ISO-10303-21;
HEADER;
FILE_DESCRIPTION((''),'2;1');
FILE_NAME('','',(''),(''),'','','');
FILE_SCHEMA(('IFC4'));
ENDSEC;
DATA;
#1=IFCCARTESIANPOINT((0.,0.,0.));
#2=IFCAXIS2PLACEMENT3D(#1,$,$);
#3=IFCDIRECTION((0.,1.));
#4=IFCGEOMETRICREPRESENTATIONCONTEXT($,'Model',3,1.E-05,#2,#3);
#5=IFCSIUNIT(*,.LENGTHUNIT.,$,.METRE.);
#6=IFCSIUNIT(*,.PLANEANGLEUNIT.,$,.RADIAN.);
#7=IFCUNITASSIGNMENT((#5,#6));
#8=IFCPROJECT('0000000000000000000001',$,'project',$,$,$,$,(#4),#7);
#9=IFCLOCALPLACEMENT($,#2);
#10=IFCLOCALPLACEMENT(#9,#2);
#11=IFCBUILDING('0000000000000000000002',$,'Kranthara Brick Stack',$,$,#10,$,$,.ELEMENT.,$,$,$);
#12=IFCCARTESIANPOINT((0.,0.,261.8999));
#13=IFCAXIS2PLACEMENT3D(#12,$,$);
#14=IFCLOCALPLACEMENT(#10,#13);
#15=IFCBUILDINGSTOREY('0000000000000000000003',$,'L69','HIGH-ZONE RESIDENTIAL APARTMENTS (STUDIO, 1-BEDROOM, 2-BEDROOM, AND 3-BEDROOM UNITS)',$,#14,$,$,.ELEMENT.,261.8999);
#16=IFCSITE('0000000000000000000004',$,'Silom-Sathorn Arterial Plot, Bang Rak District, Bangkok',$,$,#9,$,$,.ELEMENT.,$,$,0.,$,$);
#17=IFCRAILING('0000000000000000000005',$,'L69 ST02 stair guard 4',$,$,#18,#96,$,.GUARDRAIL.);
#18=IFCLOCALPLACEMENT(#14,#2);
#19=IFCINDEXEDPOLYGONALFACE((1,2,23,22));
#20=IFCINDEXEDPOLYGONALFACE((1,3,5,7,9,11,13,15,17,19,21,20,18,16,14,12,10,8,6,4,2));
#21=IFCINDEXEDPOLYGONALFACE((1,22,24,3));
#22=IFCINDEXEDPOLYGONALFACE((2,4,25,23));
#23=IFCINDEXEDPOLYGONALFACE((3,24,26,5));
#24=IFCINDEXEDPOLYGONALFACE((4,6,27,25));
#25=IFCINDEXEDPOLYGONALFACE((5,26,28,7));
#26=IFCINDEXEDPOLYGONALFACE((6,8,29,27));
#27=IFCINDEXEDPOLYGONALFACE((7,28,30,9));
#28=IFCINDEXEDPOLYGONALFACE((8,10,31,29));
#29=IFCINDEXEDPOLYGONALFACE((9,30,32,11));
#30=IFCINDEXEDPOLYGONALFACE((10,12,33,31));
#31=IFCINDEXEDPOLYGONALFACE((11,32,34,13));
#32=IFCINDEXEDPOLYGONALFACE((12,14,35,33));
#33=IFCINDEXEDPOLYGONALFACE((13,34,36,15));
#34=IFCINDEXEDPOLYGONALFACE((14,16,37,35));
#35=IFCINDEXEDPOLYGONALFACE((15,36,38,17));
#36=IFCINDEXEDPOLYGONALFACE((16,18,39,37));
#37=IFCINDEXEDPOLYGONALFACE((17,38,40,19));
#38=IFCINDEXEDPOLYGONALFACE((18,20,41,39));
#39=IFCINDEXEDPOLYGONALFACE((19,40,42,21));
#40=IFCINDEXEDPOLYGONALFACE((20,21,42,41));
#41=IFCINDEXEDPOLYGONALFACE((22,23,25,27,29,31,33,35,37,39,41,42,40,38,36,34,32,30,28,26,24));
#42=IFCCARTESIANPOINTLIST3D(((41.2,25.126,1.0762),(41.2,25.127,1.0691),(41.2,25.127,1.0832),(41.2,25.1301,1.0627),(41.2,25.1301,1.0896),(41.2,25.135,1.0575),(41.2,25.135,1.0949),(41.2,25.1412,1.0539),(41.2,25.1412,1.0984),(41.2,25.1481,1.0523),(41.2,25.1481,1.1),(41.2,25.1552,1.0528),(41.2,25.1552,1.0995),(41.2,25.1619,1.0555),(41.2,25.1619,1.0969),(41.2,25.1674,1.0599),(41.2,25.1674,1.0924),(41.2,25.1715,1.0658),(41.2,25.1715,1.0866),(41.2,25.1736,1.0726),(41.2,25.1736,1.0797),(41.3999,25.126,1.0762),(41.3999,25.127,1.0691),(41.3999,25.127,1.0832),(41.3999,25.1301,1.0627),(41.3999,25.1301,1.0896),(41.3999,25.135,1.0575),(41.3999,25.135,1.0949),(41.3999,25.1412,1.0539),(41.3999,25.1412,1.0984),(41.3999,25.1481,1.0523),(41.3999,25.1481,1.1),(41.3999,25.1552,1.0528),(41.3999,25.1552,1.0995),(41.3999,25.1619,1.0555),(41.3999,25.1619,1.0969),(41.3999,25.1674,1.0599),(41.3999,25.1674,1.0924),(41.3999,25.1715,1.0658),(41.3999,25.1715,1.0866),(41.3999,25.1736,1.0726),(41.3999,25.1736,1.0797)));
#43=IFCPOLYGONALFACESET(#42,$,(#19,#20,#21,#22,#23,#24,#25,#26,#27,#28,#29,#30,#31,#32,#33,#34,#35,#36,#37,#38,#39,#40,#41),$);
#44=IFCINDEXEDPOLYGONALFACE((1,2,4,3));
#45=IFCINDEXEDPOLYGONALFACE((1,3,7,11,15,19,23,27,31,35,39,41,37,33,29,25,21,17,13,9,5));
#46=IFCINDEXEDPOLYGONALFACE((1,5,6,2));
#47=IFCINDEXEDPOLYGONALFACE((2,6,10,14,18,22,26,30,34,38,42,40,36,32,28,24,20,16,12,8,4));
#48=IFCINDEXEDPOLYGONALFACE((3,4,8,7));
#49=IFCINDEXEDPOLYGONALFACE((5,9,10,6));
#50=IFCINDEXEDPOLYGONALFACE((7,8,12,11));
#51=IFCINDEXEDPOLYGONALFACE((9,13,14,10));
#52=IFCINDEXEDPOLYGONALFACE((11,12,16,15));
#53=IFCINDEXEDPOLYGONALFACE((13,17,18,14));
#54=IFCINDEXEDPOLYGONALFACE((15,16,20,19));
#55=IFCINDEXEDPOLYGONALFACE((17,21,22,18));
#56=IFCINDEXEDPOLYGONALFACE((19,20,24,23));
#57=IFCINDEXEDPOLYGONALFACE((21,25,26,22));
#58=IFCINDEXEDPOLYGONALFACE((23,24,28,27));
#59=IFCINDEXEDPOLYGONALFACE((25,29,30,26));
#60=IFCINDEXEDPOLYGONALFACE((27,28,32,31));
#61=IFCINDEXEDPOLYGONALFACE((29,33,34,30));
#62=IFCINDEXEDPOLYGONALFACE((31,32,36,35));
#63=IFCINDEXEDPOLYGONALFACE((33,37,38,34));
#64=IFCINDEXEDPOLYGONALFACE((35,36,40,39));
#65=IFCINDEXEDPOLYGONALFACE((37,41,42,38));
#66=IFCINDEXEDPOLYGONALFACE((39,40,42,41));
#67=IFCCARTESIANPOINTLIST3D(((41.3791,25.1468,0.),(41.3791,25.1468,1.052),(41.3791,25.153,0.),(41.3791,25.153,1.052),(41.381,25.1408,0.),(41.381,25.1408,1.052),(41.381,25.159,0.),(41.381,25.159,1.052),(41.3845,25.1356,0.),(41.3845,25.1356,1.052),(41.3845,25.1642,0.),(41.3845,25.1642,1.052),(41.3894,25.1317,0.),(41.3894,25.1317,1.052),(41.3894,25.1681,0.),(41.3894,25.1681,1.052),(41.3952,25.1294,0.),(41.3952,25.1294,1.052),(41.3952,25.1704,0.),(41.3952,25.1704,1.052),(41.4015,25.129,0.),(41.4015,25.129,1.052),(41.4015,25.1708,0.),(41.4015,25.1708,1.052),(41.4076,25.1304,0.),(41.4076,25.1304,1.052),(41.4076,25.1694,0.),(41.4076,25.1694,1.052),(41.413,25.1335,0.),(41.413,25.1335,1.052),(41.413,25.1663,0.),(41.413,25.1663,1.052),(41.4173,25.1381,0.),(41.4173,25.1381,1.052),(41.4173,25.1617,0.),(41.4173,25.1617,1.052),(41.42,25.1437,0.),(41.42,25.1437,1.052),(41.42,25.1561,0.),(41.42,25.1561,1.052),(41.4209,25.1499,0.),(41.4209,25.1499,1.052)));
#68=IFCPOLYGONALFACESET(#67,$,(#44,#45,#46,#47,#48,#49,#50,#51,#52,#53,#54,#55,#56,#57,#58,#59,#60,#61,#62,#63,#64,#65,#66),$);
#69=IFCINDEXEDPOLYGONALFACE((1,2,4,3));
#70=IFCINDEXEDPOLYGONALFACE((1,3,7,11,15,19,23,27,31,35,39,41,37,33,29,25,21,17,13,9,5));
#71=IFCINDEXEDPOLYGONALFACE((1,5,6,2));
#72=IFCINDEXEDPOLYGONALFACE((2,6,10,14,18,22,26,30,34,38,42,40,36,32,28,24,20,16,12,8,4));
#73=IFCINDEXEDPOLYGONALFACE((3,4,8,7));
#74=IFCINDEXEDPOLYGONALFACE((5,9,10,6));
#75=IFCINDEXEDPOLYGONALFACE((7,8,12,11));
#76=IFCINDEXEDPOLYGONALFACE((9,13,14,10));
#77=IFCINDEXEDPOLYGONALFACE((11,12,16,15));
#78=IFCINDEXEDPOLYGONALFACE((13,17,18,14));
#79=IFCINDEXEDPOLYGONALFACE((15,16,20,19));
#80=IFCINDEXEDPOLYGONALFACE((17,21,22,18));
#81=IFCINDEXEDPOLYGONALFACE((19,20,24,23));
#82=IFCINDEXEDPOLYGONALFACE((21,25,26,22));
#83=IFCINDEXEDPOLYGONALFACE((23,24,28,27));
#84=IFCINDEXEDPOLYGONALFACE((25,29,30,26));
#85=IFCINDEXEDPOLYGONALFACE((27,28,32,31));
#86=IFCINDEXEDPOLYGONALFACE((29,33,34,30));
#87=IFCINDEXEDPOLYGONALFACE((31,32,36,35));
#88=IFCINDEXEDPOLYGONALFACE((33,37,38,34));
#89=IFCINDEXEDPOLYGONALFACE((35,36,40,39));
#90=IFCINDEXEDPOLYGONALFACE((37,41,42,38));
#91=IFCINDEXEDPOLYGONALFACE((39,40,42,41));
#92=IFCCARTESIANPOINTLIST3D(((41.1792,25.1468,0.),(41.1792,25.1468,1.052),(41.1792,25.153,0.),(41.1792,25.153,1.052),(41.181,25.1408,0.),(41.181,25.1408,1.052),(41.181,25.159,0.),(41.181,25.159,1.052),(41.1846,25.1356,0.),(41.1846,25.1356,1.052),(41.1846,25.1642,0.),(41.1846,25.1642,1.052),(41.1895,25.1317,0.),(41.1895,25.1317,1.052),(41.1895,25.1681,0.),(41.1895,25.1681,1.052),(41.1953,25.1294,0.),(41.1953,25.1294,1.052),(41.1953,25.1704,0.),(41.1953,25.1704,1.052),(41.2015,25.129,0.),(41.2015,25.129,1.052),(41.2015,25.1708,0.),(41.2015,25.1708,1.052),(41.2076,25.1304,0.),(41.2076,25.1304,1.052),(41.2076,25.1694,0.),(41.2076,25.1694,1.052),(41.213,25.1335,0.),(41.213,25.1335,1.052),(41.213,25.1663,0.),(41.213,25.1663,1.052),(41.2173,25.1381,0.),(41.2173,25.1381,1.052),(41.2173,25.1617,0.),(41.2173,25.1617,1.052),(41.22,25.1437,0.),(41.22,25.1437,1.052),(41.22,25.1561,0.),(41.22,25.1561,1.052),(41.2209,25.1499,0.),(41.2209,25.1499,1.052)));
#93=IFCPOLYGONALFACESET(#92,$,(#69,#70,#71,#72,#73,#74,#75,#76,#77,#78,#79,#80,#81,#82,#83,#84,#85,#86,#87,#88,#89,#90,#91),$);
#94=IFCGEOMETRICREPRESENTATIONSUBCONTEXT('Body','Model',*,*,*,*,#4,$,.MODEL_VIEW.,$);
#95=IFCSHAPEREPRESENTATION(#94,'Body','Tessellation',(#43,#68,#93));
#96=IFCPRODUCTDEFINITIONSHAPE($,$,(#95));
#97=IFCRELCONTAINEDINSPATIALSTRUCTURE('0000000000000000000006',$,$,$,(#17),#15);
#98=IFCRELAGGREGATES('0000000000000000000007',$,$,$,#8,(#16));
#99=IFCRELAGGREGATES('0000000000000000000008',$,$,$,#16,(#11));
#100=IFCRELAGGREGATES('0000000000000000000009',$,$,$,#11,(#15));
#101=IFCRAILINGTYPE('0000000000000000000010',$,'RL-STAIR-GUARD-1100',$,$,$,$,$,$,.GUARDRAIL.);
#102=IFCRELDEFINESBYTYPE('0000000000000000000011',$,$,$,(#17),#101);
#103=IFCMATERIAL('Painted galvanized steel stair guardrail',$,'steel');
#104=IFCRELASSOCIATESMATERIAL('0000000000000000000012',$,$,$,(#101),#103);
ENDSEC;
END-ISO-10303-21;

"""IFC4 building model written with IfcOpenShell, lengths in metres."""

from ifc_helpers import new_model, si_unit, direction, frame, origin, origin_2d, place, context, subcontext, project, spatial, circle, extrude, material, type_object, element, save


model = new_model("IFC4")

# Units and contexts
model_context = context("Model", 3, precision=1e-05, world=origin(), true_north=direction((0.0, 1.0)))
body_context = subcontext(model_context, "Body", "Model", "MODEL_VIEW")
ifc_project = project(units=[si_unit("LENGTHUNIT", "METRE"), si_unit("PLANEANGLEUNIT", "RADIAN")], contexts=[model_context])

# Site, building, storey
site_placement = place(None, origin())
site = spatial("IfcSite", under=ifc_project, at=site_placement, Name="Silom-Sathorn Arterial Plot, Bang Rak District, Bangkok", CompositionType="ELEMENT", RefElevation=0.0)
building_placement = place(site_placement, origin())
building = spatial("IfcBuilding", under=site, at=building_placement, Name="Kranthara Brick Stack", CompositionType="ELEMENT")
storey_placement = place(building_placement, frame((0.0, 0.0, 261.8999)))
storey = spatial("IfcBuildingStorey", under=building, at=storey_placement, Name="L69", Description="HIGH-ZONE RESIDENTIAL APARTMENTS (STUDIO, 1-BEDROOM, 2-BEDROOM, AND 3-BEDROOM UNITS)", CompositionType="ELEMENT", Elevation=261.8999)

# Railing
ifc_material_1 = material(Name="Painted galvanized steel stair guardrail", Category="steel")
railing_type_1 = type_object("IfcRailingType", Name="RL-STAIR-GUARD-1100", PredefinedType="GUARDRAIL", material=ifc_material_1)
railing_1_placement = place(storey_placement, frame((41.3999, 25.1499, 0.0)))
element("IfcRailing", 1, at=railing_1_placement, inside=storey, type_object=railing_type_1, Name="L69 ST02 stair guard 4", PredefinedType="GUARDRAIL", context=body_context, shape_type="SweptSolid", body=[
    extrude(circle(Radius=0.0239, at=origin_2d()), frame((0.0, 0.0, 1.0762), z_axis=(-1.0, 0.0, 0.0), x_axis=(0.0, -1.0, 0.0)), (0.0, 0.0, 1.0), 0.2),
    extrude(circle(Radius=0.021, at=origin_2d()), origin(), (0.0, 0.0, 1.0), 1.052),
    extrude(circle(Radius=0.021, at=origin_2d()), frame((-0.2, 0.0, 0.0)), (0.0, 0.0, 1.0), 1.052),
])

save(model, "model.ifc")
